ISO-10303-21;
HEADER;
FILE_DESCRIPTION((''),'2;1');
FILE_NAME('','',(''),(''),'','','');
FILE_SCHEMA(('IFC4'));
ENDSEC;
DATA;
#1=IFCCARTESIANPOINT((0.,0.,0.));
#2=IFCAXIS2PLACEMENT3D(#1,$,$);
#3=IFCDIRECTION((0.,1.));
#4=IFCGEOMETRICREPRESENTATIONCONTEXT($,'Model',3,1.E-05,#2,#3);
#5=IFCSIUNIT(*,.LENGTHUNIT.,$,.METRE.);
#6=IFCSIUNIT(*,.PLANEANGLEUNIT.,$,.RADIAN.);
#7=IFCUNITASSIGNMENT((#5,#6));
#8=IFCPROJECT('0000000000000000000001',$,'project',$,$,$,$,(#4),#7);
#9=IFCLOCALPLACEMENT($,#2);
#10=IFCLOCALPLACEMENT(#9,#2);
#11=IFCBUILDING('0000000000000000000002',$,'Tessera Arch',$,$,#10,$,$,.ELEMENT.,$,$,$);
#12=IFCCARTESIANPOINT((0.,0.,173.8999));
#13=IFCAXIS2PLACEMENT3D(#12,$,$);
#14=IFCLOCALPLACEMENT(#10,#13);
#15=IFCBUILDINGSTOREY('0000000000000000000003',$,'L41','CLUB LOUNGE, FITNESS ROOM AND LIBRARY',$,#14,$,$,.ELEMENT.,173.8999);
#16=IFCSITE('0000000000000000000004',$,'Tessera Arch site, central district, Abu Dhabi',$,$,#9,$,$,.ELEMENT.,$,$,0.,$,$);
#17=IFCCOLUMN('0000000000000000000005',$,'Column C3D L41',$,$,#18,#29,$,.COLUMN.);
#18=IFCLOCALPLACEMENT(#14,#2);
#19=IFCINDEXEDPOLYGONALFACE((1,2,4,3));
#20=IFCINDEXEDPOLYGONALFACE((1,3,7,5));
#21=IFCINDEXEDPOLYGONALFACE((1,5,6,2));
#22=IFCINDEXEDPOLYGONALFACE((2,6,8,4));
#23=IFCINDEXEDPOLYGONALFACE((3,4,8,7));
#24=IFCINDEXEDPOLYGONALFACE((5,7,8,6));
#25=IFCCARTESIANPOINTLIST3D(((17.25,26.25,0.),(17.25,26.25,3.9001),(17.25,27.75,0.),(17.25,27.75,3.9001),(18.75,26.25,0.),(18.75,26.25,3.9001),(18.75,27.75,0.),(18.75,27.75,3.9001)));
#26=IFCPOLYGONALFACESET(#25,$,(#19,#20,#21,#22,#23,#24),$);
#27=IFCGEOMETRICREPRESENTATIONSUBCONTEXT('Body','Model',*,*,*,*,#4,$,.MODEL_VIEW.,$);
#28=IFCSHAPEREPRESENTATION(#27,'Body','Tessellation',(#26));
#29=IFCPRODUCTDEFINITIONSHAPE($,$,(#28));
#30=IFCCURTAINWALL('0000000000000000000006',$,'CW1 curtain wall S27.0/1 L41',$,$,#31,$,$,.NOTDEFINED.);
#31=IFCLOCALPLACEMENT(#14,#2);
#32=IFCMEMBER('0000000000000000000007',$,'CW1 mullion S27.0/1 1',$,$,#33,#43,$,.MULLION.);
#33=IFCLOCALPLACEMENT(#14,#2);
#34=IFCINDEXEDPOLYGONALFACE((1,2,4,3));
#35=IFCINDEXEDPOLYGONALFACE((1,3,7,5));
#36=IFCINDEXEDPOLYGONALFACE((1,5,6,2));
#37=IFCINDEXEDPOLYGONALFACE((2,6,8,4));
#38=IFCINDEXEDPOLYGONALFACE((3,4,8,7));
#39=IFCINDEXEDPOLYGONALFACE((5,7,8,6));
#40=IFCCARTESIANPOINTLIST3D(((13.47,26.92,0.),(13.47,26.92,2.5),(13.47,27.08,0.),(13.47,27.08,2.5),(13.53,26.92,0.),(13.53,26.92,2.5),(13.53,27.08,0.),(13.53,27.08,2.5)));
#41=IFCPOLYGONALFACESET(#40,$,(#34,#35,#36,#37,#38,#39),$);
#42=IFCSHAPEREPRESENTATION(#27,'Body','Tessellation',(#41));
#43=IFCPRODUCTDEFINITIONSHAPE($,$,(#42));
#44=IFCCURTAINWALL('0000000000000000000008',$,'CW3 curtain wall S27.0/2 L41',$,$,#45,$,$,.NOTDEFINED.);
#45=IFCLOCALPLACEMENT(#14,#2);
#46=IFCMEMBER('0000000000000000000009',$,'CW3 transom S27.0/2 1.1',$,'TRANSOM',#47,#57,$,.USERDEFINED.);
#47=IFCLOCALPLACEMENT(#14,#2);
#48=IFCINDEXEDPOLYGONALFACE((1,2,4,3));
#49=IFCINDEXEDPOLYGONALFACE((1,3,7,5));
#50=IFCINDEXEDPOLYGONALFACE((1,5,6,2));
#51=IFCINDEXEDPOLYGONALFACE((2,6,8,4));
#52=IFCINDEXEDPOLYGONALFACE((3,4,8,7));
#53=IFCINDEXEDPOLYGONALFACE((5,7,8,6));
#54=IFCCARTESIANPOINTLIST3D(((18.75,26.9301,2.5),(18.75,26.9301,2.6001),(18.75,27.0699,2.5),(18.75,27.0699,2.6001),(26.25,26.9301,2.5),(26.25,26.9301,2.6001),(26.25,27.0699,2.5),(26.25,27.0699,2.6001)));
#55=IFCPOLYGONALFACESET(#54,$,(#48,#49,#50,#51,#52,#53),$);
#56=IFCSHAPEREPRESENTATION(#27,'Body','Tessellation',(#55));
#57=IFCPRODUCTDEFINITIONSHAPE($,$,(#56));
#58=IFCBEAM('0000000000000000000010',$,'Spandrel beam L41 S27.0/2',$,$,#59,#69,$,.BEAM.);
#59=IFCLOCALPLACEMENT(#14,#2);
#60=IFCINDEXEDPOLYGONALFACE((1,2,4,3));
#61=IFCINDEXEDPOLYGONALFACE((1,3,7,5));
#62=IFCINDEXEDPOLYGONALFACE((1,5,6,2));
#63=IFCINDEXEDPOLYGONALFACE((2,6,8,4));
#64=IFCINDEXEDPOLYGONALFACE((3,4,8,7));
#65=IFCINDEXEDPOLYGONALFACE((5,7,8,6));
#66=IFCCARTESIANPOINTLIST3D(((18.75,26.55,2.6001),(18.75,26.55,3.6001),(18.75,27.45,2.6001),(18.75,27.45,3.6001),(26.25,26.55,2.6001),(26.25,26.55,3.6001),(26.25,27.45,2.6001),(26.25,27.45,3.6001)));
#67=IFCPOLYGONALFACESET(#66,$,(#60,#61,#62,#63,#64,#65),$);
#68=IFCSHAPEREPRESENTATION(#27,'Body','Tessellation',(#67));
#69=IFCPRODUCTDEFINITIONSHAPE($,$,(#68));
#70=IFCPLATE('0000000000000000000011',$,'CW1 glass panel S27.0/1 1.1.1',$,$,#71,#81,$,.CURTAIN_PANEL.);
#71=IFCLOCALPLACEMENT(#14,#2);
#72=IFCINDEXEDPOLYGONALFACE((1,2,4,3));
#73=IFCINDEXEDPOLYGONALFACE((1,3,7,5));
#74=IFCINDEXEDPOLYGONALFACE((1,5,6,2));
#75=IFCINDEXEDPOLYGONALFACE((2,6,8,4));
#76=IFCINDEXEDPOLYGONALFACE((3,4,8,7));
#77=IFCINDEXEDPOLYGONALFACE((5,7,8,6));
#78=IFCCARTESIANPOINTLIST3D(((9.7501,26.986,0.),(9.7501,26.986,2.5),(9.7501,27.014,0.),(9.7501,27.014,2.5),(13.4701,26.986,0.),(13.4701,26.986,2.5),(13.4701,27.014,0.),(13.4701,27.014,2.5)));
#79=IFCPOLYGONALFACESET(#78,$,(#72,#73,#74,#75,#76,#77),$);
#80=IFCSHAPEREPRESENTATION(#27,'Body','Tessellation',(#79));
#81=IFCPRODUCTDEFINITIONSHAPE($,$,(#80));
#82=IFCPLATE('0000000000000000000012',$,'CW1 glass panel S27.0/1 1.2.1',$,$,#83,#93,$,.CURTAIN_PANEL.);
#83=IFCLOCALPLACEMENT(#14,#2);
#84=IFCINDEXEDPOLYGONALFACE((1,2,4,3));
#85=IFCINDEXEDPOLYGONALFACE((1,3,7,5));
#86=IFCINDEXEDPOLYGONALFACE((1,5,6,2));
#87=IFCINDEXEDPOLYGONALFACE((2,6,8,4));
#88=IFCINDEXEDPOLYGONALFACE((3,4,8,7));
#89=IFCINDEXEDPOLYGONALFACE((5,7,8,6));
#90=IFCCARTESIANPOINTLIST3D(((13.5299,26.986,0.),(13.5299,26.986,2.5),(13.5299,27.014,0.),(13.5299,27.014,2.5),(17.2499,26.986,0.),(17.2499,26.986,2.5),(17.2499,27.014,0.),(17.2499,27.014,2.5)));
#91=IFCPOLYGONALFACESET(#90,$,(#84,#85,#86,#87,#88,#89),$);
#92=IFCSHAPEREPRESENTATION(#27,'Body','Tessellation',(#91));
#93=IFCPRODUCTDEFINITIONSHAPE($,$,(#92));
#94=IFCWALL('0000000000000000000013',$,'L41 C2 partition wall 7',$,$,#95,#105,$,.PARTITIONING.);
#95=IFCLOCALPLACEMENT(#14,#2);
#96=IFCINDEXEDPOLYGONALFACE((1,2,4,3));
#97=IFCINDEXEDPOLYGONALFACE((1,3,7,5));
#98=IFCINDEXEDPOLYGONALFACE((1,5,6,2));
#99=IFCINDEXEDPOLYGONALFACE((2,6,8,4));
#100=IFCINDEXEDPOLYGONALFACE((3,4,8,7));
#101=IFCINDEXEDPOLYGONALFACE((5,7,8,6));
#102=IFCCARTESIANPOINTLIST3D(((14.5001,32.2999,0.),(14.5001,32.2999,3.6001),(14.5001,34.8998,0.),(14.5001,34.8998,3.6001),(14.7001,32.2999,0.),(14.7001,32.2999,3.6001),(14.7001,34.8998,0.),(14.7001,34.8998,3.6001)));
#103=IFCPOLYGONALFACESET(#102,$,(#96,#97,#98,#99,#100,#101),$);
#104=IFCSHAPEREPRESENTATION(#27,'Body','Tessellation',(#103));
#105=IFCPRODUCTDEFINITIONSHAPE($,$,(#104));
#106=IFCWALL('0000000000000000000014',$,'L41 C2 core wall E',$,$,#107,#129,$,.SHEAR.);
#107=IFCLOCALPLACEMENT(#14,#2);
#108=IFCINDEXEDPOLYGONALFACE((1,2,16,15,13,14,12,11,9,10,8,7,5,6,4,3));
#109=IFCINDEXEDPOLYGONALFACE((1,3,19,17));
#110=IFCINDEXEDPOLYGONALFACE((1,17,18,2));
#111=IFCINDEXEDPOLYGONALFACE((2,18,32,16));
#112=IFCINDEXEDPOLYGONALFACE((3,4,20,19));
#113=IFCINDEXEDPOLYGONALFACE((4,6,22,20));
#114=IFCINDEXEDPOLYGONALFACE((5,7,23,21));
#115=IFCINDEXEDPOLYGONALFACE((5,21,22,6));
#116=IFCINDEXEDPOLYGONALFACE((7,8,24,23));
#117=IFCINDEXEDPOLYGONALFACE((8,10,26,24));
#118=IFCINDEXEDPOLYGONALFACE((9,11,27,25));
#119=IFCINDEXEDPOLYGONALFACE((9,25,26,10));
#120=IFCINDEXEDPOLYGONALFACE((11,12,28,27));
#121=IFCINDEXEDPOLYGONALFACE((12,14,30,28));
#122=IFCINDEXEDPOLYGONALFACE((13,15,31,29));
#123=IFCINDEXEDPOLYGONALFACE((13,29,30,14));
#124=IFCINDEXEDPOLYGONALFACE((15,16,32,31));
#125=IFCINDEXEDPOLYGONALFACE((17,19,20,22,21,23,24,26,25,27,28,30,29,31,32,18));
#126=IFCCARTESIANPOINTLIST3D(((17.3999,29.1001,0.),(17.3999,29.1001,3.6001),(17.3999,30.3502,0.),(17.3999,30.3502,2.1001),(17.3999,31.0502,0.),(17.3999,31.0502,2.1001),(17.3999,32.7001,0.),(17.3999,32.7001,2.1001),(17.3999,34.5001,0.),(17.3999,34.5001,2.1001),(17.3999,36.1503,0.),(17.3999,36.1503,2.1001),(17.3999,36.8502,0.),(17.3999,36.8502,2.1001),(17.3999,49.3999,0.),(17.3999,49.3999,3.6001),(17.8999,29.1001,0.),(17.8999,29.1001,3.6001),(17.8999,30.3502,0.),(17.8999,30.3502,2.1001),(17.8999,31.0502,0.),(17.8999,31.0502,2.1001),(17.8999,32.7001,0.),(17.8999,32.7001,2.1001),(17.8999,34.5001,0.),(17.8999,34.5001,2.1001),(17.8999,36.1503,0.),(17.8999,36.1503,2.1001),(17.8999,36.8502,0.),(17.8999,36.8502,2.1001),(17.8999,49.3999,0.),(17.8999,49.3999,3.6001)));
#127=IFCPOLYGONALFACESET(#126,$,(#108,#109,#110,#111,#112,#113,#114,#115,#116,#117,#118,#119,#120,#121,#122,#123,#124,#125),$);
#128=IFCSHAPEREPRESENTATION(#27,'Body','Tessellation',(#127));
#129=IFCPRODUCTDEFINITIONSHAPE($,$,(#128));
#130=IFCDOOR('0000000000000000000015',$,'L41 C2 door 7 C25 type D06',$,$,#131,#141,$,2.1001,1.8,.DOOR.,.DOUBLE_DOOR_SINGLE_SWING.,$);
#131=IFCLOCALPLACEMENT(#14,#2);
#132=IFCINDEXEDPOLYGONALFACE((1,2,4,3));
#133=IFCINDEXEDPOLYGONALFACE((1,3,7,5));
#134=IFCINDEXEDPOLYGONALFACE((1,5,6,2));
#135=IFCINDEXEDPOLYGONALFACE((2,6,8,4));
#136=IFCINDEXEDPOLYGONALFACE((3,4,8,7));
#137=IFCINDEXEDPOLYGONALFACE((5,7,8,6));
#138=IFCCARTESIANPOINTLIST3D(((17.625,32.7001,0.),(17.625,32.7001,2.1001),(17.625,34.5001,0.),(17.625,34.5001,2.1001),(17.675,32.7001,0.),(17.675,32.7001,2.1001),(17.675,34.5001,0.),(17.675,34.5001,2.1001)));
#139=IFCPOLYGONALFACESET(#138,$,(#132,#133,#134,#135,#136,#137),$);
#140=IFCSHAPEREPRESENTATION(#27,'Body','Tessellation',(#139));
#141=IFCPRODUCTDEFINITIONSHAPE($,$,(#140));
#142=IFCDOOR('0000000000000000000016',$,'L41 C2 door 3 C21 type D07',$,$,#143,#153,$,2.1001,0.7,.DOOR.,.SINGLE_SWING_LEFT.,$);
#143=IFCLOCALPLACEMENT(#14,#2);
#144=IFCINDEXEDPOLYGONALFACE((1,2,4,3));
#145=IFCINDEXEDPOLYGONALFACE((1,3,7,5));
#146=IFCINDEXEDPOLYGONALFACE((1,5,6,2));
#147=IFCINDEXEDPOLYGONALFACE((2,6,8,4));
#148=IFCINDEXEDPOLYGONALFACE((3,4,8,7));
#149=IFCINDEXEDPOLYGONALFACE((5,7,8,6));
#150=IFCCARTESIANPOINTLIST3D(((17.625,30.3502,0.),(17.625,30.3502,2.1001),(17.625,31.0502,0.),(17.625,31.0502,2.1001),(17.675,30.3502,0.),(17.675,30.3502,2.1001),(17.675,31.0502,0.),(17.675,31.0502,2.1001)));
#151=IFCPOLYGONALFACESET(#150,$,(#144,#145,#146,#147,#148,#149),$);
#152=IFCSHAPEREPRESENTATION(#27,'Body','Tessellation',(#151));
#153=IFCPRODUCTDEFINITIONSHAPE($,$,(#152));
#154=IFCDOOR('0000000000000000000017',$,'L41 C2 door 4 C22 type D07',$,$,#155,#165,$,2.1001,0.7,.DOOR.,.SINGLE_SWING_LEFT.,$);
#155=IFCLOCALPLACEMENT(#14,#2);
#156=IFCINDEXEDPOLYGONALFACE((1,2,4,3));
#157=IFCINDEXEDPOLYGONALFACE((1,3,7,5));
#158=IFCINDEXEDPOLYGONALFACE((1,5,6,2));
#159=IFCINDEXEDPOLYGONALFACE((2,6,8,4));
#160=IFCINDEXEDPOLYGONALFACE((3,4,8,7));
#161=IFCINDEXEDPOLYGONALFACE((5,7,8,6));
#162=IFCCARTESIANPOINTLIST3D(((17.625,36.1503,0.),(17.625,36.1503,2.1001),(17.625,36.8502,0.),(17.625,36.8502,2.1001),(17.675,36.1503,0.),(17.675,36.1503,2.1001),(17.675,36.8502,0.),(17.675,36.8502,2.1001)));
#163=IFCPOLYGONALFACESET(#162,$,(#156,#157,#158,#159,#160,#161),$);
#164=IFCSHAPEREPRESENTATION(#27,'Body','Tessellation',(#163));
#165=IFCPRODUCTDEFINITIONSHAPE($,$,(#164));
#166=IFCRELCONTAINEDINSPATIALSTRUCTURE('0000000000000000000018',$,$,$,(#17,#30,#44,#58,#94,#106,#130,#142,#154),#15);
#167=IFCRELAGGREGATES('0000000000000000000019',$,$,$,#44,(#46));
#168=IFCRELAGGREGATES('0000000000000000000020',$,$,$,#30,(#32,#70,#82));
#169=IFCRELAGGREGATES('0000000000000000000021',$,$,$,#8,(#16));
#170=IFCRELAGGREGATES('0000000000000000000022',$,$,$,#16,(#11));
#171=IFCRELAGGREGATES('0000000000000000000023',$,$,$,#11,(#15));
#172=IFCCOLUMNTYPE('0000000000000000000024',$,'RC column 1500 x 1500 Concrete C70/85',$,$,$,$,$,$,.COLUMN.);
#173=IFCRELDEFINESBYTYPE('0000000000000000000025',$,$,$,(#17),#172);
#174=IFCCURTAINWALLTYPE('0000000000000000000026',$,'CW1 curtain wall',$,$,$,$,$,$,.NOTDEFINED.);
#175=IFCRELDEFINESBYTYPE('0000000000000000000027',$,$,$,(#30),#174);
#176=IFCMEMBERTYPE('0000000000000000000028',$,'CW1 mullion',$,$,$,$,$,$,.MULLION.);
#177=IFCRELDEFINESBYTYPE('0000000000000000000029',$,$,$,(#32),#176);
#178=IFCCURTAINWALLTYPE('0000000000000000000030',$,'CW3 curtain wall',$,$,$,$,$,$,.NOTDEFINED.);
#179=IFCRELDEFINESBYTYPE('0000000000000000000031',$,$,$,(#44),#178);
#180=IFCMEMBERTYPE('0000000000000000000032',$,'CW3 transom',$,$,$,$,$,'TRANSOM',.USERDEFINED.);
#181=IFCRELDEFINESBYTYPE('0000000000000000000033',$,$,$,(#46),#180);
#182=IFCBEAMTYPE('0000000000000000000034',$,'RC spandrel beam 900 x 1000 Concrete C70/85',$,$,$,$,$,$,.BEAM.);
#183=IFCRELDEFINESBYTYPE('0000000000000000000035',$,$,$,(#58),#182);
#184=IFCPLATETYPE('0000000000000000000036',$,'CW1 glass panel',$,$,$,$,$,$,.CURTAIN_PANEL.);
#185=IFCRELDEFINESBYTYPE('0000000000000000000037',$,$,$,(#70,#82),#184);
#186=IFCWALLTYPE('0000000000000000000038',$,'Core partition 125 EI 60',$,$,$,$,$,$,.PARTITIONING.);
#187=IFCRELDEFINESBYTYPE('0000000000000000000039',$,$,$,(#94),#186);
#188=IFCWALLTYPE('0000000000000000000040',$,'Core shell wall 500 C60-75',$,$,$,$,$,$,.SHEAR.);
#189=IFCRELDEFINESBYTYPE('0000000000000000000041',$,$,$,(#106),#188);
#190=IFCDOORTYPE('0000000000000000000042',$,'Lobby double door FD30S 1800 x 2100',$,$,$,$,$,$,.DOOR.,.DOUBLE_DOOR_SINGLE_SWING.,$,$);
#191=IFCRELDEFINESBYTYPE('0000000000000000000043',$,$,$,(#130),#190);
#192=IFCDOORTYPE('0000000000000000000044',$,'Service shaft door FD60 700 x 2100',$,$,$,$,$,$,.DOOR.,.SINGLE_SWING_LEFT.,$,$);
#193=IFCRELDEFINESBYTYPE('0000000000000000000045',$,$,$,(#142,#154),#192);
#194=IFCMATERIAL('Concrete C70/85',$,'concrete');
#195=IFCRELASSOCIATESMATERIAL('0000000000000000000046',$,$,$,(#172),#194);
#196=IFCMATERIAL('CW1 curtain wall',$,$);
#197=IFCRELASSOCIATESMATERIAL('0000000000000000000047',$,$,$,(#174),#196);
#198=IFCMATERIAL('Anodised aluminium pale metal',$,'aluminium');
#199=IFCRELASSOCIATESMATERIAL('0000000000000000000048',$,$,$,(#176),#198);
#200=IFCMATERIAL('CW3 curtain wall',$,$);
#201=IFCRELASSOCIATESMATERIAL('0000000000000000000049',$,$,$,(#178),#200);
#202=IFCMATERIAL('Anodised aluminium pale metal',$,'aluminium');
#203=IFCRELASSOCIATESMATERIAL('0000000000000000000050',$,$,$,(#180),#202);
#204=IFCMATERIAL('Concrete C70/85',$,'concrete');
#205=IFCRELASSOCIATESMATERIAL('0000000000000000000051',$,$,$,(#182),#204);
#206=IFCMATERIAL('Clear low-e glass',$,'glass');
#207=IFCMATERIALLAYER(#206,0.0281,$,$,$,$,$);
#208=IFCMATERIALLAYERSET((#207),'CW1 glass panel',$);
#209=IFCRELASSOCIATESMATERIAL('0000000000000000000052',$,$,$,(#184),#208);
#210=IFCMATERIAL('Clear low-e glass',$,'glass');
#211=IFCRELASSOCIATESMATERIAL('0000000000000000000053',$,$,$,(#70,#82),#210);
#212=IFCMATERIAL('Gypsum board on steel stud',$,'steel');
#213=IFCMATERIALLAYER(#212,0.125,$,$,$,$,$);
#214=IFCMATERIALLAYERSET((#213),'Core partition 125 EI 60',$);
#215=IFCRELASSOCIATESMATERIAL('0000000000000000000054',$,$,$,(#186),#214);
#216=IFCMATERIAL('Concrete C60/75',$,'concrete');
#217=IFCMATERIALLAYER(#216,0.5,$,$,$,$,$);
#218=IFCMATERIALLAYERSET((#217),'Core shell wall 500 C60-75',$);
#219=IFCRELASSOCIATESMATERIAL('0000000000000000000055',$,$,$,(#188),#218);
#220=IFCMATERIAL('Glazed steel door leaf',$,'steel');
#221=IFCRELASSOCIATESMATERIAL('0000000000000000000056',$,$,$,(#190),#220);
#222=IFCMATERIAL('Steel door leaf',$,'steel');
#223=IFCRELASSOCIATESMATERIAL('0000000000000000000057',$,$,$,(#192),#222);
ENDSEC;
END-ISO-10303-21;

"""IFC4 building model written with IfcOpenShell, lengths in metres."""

from ifc_helpers import new_model, si_unit, direction, frame, frame_2d, origin, origin_2d, place, context, subcontext, project, spatial, rectangle, extrude, material, layer, layer_set, material_profile, profile_set, type_object, element, fill, aggregate, save


model = new_model("IFC4")

# Units and contexts
model_context = context("Model", 3, precision=1e-05, world=origin(), true_north=direction((0.0, 1.0)))
body_context = subcontext(model_context, "Body", "Model", "MODEL_VIEW")
ifc_project = project(units=[si_unit("LENGTHUNIT", "METRE"), si_unit("PLANEANGLEUNIT", "RADIAN")], contexts=[model_context])

# Site, building, storey
site_placement = place(None, origin())
site = spatial("IfcSite", under=ifc_project, at=site_placement, Name="Tessera Arch site, central district, Abu Dhabi", CompositionType="ELEMENT", RefElevation=0.0)
building_placement = place(site_placement, origin())
building = spatial("IfcBuilding", under=site, at=building_placement, Name="Tessera Arch", CompositionType="ELEMENT")
storey_placement = place(building_placement, frame((0.0, 0.0, 173.8999)))
storey = spatial("IfcBuildingStorey", under=building, at=storey_placement, Name="L41", Description="CLUB LOUNGE, FITNESS ROOM AND LIBRARY", CompositionType="ELEMENT", Elevation=173.8999)

# Column
ifc_material_1 = material(Name="Concrete C70/85", Category="concrete")
ifc_material_profile_1 = material_profile(ifc_material_1, rectangle(XDim=1.5, YDim=1.5, at=origin_2d()), Name="RC column 1500 x 1500 Concrete C70/85")
ifc_profile_set_1 = profile_set([ifc_material_profile_1], Name="Concrete C70/85")
column_type = type_object("IfcColumnType", Name="RC column 1500 x 1500 Concrete C70/85", PredefinedType="COLUMN", material=ifc_profile_set_1)
column_placement = place(storey_placement, frame((18.0, 27.0, 0.0), z_axis=(0.0, 0.0, 1.0), x_axis=(1.0, 0.0, 0.0)))
element("IfcColumn", 1, at=column_placement, inside=storey, type_object=column_type, Name="Column C3D L41", PredefinedType="COLUMN", context=body_context, shape_type="SweptSolid", body=[
    extrude(rectangle(XDim=1.5, YDim=1.5, at=origin_2d()), origin(), (0.0, 0.0, 1.0), 3.9001),
])

# Curtain walls, members
ifc_material_2 = material(Name="CW1 curtain wall")
curtain_wall_type_1 = type_object("IfcCurtainWallType", Name="CW1 curtain wall", PredefinedType="NOTDEFINED", material=ifc_material_2)
curtain_wall_1_placement = place(storey_placement, origin())
curtain_wall_1 = element("IfcCurtainWall", 2, at=curtain_wall_1_placement, inside=storey, type_object=curtain_wall_type_1, Name="CW1 curtain wall S27.0/1 L41", PredefinedType="NOTDEFINED")
ifc_material_3 = material(Name="Anodised aluminium pale metal", Category="aluminium")
ifc_material_profile_2 = material_profile(ifc_material_3, rectangle(XDim=0.1599, YDim=0.0601, at=origin_2d()), Name="AL 60x160")
ifc_profile_set_2 = profile_set([ifc_material_profile_2], Name="Anodised aluminium pale metal")
member_type_1 = type_object("IfcMemberType", Name="CW1 mullion", PredefinedType="MULLION", material=ifc_profile_set_2)
member_1_placement = place(storey_placement, frame((13.5, 27.0, 0.0), z_axis=(0.0, 0.0, 1.0), x_axis=(0.0, 1.0, 0.0)))
member_1 = element("IfcMember", 3, at=member_1_placement, type_object=member_type_1, Name="CW1 mullion S27.0/1 1", PredefinedType="MULLION", context=body_context, shape_type="SweptSolid", body=[
    extrude(rectangle(XDim=0.1599, YDim=0.0601, at=origin_2d()), origin(), (0.0, 0.0, 1.0), 2.5),
])
ifc_material_4 = material(Name="CW3 curtain wall")
curtain_wall_type_2 = type_object("IfcCurtainWallType", Name="CW3 curtain wall", PredefinedType="NOTDEFINED", material=ifc_material_4)
curtain_wall_2_placement = place(storey_placement, origin())
curtain_wall_2 = element("IfcCurtainWall", 4, at=curtain_wall_2_placement, inside=storey, type_object=curtain_wall_type_2, Name="CW3 curtain wall S27.0/2 L41", PredefinedType="NOTDEFINED")
ifc_material_5 = material(Name="Anodised aluminium pale metal", Category="aluminium")
ifc_material_profile_3 = material_profile(ifc_material_5, rectangle(XDim=0.1399, YDim=0.1001, at=origin_2d()), Name="AL 140x100")
ifc_profile_set_3 = profile_set([ifc_material_profile_3], Name="Anodised aluminium pale metal")
member_type_2 = type_object("IfcMemberType", Name="CW3 transom", ElementType="TRANSOM", PredefinedType="USERDEFINED", material=ifc_profile_set_3)
member_2_placement = place(storey_placement, frame((18.75, 27.0, 2.55), z_axis=(1.0, 0.0, 0.0), x_axis=(0.0, 1.0, 0.0)))
member_2 = element("IfcMember", 5, at=member_2_placement, type_object=member_type_2, Name="CW3 transom S27.0/2 1.1", ObjectType="TRANSOM", PredefinedType="USERDEFINED", context=body_context, shape_type="SweptSolid", body=[
    extrude(rectangle(XDim=0.1399, YDim=0.1001, at=origin_2d()), origin(), (0.0, 0.0, 1.0), 7.5),
])
aggregate(curtain_wall_2, [member_2])

# Beam
ifc_material_6 = material(Name="Concrete C70/85", Category="concrete")
ifc_material_profile_4 = material_profile(ifc_material_6, rectangle(XDim=0.8999, YDim=1.0, at=origin_2d()), Name="RC spandrel beam 900 x 1000 Concrete C70/85")
ifc_profile_set_4 = profile_set([ifc_material_profile_4], Name="Concrete C70/85")
beam_type = type_object("IfcBeamType", Name="RC spandrel beam 900 x 1000 Concrete C70/85", PredefinedType="BEAM", material=ifc_profile_set_4)
beam_placement = place(storey_placement, frame((18.75, 27.0, 3.1001), z_axis=(1.0, 0.0, 0.0), x_axis=(0.0, 1.0, 0.0)))
element("IfcBeam", 6, at=beam_placement, inside=storey, type_object=beam_type, Name="Spandrel beam L41 S27.0/2", PredefinedType="BEAM", context=body_context, shape_type="SweptSolid", body=[
    extrude(rectangle(XDim=0.8999, YDim=1.0, at=origin_2d()), origin(), (0.0, 0.0, 1.0), 7.5),
])

# Plates
ifc_material_7 = material(Name="Clear low-e glass", Category="glass")
ifc_material_8 = material(Name="Clear low-e glass", Category="glass")
ifc_layer_1 = layer(ifc_material_8, 0.0281)
ifc_layer_set_1 = layer_set([ifc_layer_1], Name="CW1 glass panel")
plate_type = type_object("IfcPlateType", Name="CW1 glass panel", PredefinedType="CURTAIN_PANEL", material=ifc_layer_set_1)
plate_1_placement = place(storey_placement, frame((11.6101, 27.0, 0.0), z_axis=(0.0, 0.0, 1.0), x_axis=(1.0, 0.0, 0.0)))
plate_1 = element("IfcPlate", 7, at=plate_1_placement, type_object=plate_type, material=ifc_material_7, Name="CW1 glass panel S27.0/1 1.1.1", PredefinedType="CURTAIN_PANEL", context=body_context, shape_type="SweptSolid", body=[
    extrude(rectangle(XDim=3.72, YDim=0.0281, at=origin_2d()), origin(), (0.0, 0.0, 1.0), 2.5),
])
plate_2_placement = place(storey_placement, frame((15.3899, 27.0, 0.0), z_axis=(0.0, 0.0, 1.0), x_axis=(1.0, 0.0, 0.0)))
plate_2 = element("IfcPlate", 8, at=plate_2_placement, type_object=plate_type, material=ifc_material_7, Name="CW1 glass panel S27.0/1 1.2.1", PredefinedType="CURTAIN_PANEL", context=body_context, shape_type="SweptSolid", body=[
    extrude(rectangle(XDim=3.72, YDim=0.0281, at=origin_2d()), origin(), (0.0, 0.0, 1.0), 2.5),
])
aggregate(curtain_wall_1, [member_1, plate_1, plate_2])

# Wall
ifc_material_9 = material(Name="Gypsum board on steel stud", Category="steel")
ifc_layer_2 = layer(ifc_material_9, 0.125)
ifc_layer_set_2 = layer_set([ifc_layer_2], Name="Core partition 125 EI 60")
wall_type_1 = type_object("IfcWallType", Name="Core partition 125 EI 60", PredefinedType="PARTITIONING", material=ifc_layer_set_2)
wall_1_placement = place(storey_placement, frame((14.6001, 32.3, 0.0), z_axis=(0.0, 0.0, 1.0), x_axis=(0.0, 1.0, 0.0)))
element("IfcWall", 9, at=wall_1_placement, inside=storey, type_object=wall_type_1, Name="L41 C2 partition wall 7", PredefinedType="PARTITIONING", context=body_context, shape_type="SweptSolid", body=[
    extrude(rectangle(XDim=2.5999, YDim=0.2, at=frame_2d((1.2998, 0.0))), origin(), (0.0, 0.0, 1.0), 3.6001),
])

# Wall, openings, doors
ifc_material_10 = material(Name="Concrete C60/75", Category="concrete")
ifc_layer_3 = layer(ifc_material_10, 0.5)
ifc_layer_set_3 = layer_set([ifc_layer_3], Name="Core shell wall 500 C60-75")
wall_type_2 = type_object("IfcWallType", Name="Core shell wall 500 C60-75", PredefinedType="SHEAR", material=ifc_layer_set_3)
wall_2_placement = place(storey_placement, frame((17.6499, 29.1001, 0.0), z_axis=(0.0, 0.0, 1.0), x_axis=(0.0, 1.0, 0.0)))
wall_2 = element("IfcWall", 10, at=wall_2_placement, inside=storey, type_object=wall_type_2, Name="L41 C2 core wall E", PredefinedType="SHEAR", context=body_context, shape_type="SweptSolid", body=[
    extrude(rectangle(XDim=20.2998, YDim=0.5, at=frame_2d((10.1499, 0.0))), origin(), (0.0, 0.0, 1.0), 3.6001),
])
opening_1_placement = place(wall_2_placement, frame((1.25, 0.0, 0.0)))
opening_1 = element("IfcOpeningElement", 11, at=opening_1_placement, cuts=wall_2, PredefinedType="OPENING", context=body_context, shape_type="SweptSolid", body=[
    extrude(rectangle(XDim=0.7, YDim=2.1001, at=frame_2d((0.3501, 1.05))), frame((0.0, 0.26, 0.0), z_axis=(0.0, -1.0, 0.0), x_axis=(1.0, 0.0, 0.0)), (0.0, 0.0, 1.0), 0.52),
])
opening_2_placement = place(wall_2_placement, frame((7.05, 0.0, 0.0)))
opening_2 = element("IfcOpeningElement", 12, at=opening_2_placement, cuts=wall_2, PredefinedType="OPENING", context=body_context, shape_type="SweptSolid", body=[
    extrude(rectangle(XDim=0.7, YDim=2.1001, at=frame_2d((0.3501, 1.05))), frame((0.0, 0.26, 0.0), z_axis=(0.0, -1.0, 0.0), x_axis=(1.0, 0.0, 0.0)), (0.0, 0.0, 1.0), 0.52),
])
opening_3_placement = place(wall_2_placement, frame((3.6001, 0.0, 0.0)))
opening_3 = element("IfcOpeningElement", 13, at=opening_3_placement, cuts=wall_2, PredefinedType="OPENING", context=body_context, shape_type="SweptSolid", body=[
    extrude(rectangle(XDim=1.8, YDim=2.1001, at=frame_2d((0.8999, 1.05))), frame((0.0, 0.26, 0.0), z_axis=(0.0, -1.0, 0.0), x_axis=(1.0, 0.0, 0.0)), (0.0, 0.0, 1.0), 0.52),
])
ifc_material_11 = material(Name="Glazed steel door leaf", Category="steel")
door_type_1 = type_object("IfcDoorType", Name="Lobby double door FD30S 1800 x 2100", OperationType="DOUBLE_DOOR_SINGLE_SWING", PredefinedType="DOOR", material=ifc_material_11)
door_1_placement = place(opening_3_placement, origin())
door_1 = element("IfcDoor", 14, at=door_1_placement, inside=storey, type_object=door_type_1, Name="L41 C2 door 7 C25 type D06", OperationType="DOUBLE_DOOR_SINGLE_SWING", OverallHeight=2.1001, OverallWidth=1.8, PredefinedType="DOOR", context=body_context, shape_type="SweptSolid", body=[
    extrude(rectangle(XDim=1.8, YDim=2.1001, at=frame_2d((0.8999, 1.05))), frame((0.0, 0.0249, 0.0), z_axis=(0.0, -1.0, 0.0), x_axis=(1.0, 0.0, 0.0)), (0.0, 0.0, 1.0), 0.05),
])
fill(opening_3, door_1)
ifc_material_12 = material(Name="Steel door leaf", Category="steel")
door_type_2 = type_object("IfcDoorType", Name="Service shaft door FD60 700 x 2100", OperationType="SINGLE_SWING_LEFT", PredefinedType="DOOR", material=ifc_material_12)
door_2_placement = place(opening_1_placement, origin())
door_2 = element("IfcDoor", 15, at=door_2_placement, inside=storey, type_object=door_type_2, Name="L41 C2 door 3 C21 type D07", OperationType="SINGLE_SWING_LEFT", OverallHeight=2.1001, OverallWidth=0.7, PredefinedType="DOOR", context=body_context, shape_type="SweptSolid", body=[
    extrude(rectangle(XDim=0.7, YDim=2.1001, at=frame_2d((0.3501, 1.05))), frame((0.0, 0.0249, 0.0), z_axis=(0.0, -1.0, 0.0), x_axis=(1.0, 0.0, 0.0)), (0.0, 0.0, 1.0), 0.05),
])
fill(opening_1, door_2)
door_3_placement = place(opening_2_placement, origin())
door_3 = element("IfcDoor", 16, at=door_3_placement, inside=storey, type_object=door_type_2, Name="L41 C2 door 4 C22 type D07", OperationType="SINGLE_SWING_LEFT", OverallHeight=2.1001, OverallWidth=0.7, PredefinedType="DOOR", context=body_context, shape_type="SweptSolid", body=[
    extrude(rectangle(XDim=0.7, YDim=2.1001, at=frame_2d((0.3501, 1.05))), frame((0.0, 0.0249, 0.0), z_axis=(0.0, -1.0, 0.0), x_axis=(1.0, 0.0, 0.0)), (0.0, 0.0, 1.0), 0.05),
])
fill(opening_2, door_3)

save(model, "model.ifc")
